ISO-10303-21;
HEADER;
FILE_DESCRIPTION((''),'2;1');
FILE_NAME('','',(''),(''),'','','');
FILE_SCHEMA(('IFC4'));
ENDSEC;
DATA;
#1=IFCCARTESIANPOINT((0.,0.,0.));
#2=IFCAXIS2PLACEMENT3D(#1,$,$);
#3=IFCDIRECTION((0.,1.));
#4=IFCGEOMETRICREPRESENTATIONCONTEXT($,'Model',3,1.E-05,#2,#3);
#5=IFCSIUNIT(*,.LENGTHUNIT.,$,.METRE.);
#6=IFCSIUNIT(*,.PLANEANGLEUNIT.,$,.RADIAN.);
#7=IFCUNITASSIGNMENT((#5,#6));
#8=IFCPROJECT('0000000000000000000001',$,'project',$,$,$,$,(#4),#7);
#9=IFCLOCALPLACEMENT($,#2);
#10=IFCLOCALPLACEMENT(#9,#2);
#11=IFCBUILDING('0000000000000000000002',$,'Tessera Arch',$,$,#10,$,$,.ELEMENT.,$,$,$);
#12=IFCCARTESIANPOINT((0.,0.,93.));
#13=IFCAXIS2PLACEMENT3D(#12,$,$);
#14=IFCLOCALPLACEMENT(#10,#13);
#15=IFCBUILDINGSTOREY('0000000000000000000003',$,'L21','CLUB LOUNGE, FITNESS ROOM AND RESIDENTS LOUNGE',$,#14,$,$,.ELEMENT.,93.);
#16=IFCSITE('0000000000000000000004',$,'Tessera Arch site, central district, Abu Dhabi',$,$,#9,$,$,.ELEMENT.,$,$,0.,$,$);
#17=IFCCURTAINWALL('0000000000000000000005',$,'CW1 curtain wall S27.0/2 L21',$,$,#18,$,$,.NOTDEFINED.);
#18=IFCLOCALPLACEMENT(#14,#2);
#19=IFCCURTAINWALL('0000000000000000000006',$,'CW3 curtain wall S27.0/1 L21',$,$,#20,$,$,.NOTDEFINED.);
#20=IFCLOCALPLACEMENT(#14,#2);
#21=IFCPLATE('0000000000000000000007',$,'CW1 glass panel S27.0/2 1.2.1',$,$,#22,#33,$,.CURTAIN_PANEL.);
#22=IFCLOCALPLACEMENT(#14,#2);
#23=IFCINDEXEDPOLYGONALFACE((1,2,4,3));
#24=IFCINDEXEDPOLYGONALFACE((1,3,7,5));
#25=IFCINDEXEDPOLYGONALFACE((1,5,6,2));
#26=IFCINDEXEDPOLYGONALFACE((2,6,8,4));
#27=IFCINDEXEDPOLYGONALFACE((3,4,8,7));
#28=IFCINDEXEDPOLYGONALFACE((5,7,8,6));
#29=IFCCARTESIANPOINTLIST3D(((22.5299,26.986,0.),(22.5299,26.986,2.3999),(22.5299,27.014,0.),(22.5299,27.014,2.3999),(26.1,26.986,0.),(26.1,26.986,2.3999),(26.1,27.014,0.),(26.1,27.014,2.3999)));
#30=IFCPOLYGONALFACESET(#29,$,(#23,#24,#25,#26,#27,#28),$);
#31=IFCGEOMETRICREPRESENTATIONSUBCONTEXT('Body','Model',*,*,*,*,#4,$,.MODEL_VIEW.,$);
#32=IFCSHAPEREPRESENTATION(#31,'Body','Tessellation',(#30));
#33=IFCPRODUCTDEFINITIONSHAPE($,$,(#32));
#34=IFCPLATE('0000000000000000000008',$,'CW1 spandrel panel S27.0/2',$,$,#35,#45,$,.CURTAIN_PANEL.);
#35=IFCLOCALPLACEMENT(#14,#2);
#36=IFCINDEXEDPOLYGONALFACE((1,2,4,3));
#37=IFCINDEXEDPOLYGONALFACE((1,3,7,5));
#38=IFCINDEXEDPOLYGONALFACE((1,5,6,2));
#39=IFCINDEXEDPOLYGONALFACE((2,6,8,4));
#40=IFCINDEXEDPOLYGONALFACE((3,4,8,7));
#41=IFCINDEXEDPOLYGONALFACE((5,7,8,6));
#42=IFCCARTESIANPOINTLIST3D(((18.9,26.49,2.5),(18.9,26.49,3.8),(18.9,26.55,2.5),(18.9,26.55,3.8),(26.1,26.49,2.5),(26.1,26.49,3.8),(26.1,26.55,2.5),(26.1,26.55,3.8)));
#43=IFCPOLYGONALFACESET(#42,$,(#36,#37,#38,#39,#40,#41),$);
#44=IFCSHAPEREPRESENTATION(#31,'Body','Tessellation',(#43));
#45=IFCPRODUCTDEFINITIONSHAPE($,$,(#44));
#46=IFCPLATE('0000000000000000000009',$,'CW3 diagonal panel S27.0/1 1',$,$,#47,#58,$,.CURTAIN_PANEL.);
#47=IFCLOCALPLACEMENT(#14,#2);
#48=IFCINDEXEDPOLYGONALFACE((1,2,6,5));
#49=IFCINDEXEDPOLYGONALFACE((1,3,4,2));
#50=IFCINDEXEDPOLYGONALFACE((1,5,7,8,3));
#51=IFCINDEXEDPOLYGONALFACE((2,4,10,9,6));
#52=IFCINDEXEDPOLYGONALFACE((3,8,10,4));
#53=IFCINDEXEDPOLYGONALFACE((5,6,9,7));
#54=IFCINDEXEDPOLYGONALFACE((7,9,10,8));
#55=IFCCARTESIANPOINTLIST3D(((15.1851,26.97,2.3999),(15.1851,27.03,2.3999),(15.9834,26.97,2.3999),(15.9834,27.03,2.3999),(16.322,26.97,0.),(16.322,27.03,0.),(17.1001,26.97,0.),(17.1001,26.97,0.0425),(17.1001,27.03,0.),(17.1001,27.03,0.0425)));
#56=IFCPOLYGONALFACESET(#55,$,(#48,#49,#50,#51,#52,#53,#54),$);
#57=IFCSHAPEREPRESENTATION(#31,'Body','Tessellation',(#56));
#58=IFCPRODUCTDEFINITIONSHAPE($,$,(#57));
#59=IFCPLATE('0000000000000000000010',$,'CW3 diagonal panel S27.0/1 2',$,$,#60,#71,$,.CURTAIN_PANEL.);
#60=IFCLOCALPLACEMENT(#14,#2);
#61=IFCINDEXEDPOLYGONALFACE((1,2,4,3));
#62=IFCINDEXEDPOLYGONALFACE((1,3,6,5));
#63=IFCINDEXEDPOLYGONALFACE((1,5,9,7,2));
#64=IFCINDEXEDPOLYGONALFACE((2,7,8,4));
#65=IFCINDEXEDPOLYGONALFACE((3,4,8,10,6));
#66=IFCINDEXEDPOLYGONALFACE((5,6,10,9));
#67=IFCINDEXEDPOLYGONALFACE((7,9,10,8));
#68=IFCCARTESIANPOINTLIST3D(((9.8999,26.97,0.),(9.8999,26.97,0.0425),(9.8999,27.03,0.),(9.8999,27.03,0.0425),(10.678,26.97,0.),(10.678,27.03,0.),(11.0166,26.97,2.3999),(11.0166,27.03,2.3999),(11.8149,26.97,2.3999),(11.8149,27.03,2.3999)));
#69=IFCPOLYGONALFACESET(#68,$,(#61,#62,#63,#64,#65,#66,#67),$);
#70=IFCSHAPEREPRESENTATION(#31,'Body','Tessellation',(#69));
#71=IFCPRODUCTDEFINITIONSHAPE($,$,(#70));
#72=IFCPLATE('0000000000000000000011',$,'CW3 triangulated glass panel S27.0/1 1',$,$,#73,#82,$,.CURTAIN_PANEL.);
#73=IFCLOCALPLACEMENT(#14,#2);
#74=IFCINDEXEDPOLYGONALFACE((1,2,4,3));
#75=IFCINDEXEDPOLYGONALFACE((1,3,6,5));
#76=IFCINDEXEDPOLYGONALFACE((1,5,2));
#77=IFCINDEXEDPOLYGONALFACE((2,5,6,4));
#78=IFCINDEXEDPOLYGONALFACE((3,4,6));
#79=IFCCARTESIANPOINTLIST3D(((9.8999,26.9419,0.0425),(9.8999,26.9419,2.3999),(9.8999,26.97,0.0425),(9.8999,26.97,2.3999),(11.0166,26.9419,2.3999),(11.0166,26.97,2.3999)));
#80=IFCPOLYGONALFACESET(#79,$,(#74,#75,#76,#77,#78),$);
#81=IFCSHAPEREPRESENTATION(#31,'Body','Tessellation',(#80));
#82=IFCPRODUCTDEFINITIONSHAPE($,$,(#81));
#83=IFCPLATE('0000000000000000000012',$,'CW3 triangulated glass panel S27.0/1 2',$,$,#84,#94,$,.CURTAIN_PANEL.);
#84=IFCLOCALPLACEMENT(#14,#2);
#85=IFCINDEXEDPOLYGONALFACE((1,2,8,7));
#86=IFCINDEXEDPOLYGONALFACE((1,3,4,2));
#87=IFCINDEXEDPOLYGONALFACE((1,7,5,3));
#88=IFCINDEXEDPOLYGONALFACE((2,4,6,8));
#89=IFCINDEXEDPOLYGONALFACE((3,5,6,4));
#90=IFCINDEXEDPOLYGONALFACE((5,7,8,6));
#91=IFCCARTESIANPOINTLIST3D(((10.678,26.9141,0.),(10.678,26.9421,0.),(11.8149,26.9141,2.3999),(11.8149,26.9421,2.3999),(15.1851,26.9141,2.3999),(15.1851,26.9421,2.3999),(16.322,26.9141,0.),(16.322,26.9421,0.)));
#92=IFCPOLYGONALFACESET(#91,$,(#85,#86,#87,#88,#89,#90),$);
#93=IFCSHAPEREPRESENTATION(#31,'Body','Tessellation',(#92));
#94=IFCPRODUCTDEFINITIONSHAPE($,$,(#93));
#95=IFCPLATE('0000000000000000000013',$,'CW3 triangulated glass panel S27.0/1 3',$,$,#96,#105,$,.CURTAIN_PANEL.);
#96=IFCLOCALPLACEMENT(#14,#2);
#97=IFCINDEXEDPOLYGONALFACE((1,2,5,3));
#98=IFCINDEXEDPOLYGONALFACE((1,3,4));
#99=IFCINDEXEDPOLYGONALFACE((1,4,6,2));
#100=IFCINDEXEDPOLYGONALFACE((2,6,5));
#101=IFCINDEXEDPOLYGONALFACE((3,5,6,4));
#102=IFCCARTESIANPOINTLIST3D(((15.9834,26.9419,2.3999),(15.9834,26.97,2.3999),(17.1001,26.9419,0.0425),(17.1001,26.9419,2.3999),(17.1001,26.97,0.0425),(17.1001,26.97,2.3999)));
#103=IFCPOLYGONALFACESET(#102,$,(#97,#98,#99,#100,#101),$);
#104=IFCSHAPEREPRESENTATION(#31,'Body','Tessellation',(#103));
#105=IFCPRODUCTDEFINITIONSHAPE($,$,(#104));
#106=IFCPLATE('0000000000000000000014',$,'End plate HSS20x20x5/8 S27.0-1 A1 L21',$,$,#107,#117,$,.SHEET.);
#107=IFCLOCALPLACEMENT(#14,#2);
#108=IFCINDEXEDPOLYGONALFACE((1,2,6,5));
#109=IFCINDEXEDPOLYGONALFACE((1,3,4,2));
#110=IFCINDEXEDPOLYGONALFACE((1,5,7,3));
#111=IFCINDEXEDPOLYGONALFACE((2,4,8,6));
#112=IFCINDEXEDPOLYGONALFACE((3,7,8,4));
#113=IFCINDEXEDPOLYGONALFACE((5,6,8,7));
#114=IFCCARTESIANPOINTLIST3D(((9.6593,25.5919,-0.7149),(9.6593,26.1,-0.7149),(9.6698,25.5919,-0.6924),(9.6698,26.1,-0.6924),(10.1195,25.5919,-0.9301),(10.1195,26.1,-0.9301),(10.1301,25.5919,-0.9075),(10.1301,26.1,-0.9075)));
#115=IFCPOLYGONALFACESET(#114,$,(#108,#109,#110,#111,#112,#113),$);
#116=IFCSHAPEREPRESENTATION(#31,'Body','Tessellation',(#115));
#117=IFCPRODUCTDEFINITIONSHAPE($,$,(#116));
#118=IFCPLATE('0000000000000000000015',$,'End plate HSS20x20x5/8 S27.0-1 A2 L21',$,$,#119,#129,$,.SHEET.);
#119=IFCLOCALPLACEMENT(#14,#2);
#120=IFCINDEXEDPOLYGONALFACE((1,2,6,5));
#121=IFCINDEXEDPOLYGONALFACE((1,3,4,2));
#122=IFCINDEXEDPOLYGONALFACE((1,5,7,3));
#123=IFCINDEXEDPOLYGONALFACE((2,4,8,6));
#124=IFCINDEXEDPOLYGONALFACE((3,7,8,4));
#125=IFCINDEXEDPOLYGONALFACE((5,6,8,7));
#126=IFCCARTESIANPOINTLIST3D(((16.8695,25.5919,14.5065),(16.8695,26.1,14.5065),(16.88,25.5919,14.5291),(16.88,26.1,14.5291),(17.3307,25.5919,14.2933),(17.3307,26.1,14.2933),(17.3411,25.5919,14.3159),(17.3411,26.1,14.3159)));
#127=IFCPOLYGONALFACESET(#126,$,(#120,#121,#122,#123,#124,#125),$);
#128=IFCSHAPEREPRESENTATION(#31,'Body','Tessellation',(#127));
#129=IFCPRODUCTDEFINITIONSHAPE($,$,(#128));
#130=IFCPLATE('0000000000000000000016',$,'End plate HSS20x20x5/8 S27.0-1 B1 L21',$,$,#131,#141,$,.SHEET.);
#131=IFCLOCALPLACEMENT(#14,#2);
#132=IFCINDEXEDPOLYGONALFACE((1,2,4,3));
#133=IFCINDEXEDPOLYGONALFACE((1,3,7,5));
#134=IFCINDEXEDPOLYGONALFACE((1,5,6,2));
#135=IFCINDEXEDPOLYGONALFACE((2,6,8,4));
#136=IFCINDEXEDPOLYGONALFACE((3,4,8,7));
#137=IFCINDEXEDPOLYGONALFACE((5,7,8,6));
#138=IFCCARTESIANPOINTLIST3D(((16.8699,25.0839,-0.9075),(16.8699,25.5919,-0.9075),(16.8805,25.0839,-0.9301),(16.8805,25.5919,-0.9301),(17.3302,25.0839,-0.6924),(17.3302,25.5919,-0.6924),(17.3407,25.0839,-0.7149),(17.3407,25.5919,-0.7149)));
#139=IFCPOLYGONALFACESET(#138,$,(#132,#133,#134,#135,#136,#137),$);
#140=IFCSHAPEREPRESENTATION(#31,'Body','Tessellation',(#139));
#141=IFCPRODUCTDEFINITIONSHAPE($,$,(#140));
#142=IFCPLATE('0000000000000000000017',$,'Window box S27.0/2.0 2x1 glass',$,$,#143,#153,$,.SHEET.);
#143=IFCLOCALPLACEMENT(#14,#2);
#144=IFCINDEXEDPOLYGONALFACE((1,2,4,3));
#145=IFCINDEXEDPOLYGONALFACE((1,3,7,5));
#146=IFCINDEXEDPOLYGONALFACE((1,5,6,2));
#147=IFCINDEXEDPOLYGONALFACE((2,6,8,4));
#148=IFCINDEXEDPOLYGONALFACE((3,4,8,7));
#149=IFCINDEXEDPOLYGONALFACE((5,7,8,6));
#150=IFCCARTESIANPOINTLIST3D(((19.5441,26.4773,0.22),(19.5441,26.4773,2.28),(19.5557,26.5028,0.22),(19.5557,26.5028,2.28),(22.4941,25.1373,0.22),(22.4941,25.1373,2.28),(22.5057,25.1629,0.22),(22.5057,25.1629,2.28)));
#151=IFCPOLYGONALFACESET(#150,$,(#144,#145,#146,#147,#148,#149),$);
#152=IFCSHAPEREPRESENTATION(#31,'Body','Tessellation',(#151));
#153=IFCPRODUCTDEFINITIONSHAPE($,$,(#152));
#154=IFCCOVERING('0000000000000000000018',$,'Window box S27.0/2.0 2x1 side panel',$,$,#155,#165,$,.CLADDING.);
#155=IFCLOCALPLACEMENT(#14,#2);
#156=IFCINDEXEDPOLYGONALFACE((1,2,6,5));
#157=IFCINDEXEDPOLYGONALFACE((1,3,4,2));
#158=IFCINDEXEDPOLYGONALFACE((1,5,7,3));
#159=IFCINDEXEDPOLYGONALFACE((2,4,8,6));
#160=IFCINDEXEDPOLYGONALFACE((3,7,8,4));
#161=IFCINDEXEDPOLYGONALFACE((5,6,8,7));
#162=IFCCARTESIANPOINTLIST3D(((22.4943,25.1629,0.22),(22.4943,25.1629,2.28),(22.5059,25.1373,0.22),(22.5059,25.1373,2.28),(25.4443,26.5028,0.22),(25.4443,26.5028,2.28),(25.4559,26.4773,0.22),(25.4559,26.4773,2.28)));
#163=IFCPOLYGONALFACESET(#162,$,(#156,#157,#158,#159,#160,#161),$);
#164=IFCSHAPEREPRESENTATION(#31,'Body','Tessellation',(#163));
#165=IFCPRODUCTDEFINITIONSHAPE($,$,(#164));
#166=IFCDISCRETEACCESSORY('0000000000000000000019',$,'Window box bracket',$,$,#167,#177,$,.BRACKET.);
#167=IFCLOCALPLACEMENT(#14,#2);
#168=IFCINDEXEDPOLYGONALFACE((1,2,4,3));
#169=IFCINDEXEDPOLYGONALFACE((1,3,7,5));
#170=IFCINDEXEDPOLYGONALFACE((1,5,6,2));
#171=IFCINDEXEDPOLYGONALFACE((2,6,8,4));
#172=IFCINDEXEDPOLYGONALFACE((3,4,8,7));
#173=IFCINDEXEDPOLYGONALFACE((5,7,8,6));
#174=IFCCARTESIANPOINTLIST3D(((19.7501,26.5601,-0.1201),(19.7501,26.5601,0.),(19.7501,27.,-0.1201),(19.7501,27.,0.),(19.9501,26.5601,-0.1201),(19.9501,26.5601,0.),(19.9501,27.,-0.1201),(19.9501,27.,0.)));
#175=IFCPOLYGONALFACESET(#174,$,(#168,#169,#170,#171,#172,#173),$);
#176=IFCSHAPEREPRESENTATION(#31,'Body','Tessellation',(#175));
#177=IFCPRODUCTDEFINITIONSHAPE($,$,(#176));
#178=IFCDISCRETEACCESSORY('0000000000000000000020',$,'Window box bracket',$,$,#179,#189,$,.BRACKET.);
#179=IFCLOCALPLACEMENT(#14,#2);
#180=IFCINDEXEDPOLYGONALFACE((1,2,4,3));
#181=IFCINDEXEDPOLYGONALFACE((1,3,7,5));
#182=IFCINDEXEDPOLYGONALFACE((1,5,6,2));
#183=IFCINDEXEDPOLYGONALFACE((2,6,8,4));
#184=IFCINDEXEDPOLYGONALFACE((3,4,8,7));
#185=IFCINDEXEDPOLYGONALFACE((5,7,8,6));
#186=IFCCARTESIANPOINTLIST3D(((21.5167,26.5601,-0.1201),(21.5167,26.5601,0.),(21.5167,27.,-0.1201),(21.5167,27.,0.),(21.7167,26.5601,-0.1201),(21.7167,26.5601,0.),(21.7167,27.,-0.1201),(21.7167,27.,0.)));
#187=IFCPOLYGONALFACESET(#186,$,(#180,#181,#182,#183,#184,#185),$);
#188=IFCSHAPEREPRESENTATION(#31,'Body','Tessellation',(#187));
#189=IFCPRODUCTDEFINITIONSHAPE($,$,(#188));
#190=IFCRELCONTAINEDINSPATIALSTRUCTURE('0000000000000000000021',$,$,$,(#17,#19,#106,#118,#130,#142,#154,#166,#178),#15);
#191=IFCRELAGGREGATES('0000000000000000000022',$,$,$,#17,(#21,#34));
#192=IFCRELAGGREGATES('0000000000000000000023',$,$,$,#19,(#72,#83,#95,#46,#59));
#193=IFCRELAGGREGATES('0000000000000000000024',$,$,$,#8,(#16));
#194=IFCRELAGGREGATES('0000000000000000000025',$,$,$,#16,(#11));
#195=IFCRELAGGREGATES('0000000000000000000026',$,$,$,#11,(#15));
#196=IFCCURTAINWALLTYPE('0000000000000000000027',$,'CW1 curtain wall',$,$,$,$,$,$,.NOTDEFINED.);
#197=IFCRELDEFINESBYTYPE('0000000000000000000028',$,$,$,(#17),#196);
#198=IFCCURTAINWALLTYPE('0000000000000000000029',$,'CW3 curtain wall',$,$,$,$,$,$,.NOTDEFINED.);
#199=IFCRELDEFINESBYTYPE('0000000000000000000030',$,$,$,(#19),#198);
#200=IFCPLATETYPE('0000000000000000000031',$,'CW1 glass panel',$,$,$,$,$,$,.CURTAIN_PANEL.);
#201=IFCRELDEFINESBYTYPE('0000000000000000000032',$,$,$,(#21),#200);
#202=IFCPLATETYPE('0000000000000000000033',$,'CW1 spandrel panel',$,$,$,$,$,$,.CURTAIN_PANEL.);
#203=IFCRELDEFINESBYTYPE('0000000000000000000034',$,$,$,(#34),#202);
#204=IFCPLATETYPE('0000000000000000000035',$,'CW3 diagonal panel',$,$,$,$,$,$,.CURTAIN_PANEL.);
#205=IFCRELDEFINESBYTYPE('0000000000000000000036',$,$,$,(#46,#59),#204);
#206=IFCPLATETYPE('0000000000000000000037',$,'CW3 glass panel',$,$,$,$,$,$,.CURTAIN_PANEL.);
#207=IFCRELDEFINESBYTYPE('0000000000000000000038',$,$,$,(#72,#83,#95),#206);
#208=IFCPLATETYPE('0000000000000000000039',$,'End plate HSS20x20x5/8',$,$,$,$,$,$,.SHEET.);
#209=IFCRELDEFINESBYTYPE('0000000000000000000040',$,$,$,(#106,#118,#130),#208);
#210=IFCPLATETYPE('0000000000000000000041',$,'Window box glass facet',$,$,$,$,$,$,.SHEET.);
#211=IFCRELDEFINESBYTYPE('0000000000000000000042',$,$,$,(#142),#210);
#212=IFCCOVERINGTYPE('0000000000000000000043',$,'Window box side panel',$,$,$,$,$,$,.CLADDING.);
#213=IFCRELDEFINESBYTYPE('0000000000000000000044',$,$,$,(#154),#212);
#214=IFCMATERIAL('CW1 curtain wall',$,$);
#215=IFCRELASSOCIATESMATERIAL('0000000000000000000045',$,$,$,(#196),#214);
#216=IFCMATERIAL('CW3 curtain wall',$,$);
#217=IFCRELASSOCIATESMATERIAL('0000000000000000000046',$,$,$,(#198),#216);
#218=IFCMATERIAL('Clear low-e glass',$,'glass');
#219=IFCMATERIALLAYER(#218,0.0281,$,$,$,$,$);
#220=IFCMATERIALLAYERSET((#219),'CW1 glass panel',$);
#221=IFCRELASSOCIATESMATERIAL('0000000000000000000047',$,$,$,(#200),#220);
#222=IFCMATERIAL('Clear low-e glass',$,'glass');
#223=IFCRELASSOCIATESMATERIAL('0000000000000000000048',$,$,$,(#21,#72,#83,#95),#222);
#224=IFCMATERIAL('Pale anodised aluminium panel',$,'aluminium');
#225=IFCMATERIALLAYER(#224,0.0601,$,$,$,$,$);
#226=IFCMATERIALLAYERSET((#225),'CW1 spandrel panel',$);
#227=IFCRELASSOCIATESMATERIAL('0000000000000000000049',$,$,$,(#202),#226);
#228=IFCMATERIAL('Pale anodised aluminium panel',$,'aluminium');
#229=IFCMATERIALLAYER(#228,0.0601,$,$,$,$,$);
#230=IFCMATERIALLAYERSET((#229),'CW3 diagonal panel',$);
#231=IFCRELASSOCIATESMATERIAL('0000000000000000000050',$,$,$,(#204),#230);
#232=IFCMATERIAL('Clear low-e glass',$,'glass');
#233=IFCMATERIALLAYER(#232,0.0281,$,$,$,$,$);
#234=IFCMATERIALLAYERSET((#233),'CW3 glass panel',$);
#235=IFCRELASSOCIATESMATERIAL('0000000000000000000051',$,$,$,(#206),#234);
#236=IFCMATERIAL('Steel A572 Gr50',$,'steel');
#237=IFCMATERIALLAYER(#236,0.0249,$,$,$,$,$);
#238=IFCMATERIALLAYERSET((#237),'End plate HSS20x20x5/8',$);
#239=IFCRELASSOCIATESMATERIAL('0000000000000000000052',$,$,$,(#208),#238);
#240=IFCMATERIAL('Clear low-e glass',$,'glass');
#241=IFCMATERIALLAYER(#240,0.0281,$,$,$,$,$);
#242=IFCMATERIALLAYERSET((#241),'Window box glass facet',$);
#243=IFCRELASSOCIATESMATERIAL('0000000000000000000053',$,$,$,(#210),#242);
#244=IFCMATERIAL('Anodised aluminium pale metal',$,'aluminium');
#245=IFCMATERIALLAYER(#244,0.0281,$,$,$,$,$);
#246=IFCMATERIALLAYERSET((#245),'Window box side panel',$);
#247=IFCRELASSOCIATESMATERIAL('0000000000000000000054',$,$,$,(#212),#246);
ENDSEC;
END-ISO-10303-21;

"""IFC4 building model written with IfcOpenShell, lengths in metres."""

from ifc_helpers import new_model, si_unit, direction, frame, origin, origin_2d, place, context, subcontext, project, spatial, polyline, rectangle, outline, extrude, material, layer, layer_set, type_object, element, aggregate, save


model = new_model("IFC4")

# Units and contexts
model_context = context("Model", 3, precision=1e-05, world=origin(), true_north=direction((0.0, 1.0)))
body_context = subcontext(model_context, "Body", "Model", "MODEL_VIEW")
ifc_project = project(units=[si_unit("LENGTHUNIT", "METRE"), si_unit("PLANEANGLEUNIT", "RADIAN")], contexts=[model_context])

# Site, building, storey
site_placement = place(None, origin())
site = spatial("IfcSite", under=ifc_project, at=site_placement, Name="Tessera Arch site, central district, Abu Dhabi", CompositionType="ELEMENT", RefElevation=0.0)
building_placement = place(site_placement, origin())
building = spatial("IfcBuilding", under=site, at=building_placement, Name="Tessera Arch", CompositionType="ELEMENT")
storey_placement = place(building_placement, frame((0.0, 0.0, 93.0)))
storey = spatial("IfcBuildingStorey", under=building, at=storey_placement, Name="L21", Description="CLUB LOUNGE, FITNESS ROOM AND RESIDENTS LOUNGE", CompositionType="ELEMENT", Elevation=93.0)

# Curtain wall
ifc_material_1 = material(Name="CW1 curtain wall")
curtain_wall_type_1 = type_object("IfcCurtainWallType", Name="CW1 curtain wall", PredefinedType="NOTDEFINED", material=ifc_material_1)
curtain_wall_1_placement = place(storey_placement, origin())
curtain_wall_1 = element("IfcCurtainWall", 1, at=curtain_wall_1_placement, inside=storey, type_object=curtain_wall_type_1, Name="CW1 curtain wall S27.0/2 L21", PredefinedType="NOTDEFINED")

# Curtain wall
ifc_material_2 = material(Name="CW3 curtain wall")
curtain_wall_type_2 = type_object("IfcCurtainWallType", Name="CW3 curtain wall", PredefinedType="NOTDEFINED", material=ifc_material_2)
curtain_wall_2_placement = place(storey_placement, origin())
curtain_wall_2 = element("IfcCurtainWall", 2, at=curtain_wall_2_placement, inside=storey, type_object=curtain_wall_type_2, Name="CW3 curtain wall S27.0/1 L21", PredefinedType="NOTDEFINED")

# Plates
ifc_material_3 = material(Name="Clear low-e glass", Category="glass")
ifc_material_4 = material(Name="Clear low-e glass", Category="glass")
ifc_layer_1 = layer(ifc_material_4, 0.0281)
ifc_layer_set_1 = layer_set([ifc_layer_1], Name="CW1 glass panel")
plate_type_1 = type_object("IfcPlateType", Name="CW1 glass panel", PredefinedType="CURTAIN_PANEL", material=ifc_layer_set_1)
plate_1_placement = place(storey_placement, frame((24.3149, 27.0, 0.0), z_axis=(0.0, 0.0, 1.0), x_axis=(1.0, 0.0, 0.0)))
plate_1 = element("IfcPlate", 3, at=plate_1_placement, type_object=plate_type_1, material=ifc_material_3, Name="CW1 glass panel S27.0/2 1.2.1", PredefinedType="CURTAIN_PANEL", context=body_context, shape_type="SweptSolid", body=[
    extrude(rectangle(XDim=3.5701, YDim=0.0281, at=origin_2d()), origin(), (0.0, 0.0, 1.0), 2.3999),
])
ifc_material_5 = material(Name="Pale anodised aluminium panel", Category="aluminium")
ifc_layer_2 = layer(ifc_material_5, 0.0601)
ifc_layer_set_2 = layer_set([ifc_layer_2], Name="CW1 spandrel panel")
plate_type_2 = type_object("IfcPlateType", Name="CW1 spandrel panel", PredefinedType="CURTAIN_PANEL", material=ifc_layer_set_2)
plate_2_placement = place(storey_placement, frame((22.5, 26.52, 2.5), z_axis=(0.0, 0.0, 1.0), x_axis=(1.0, 0.0, 0.0)))
plate_2 = element("IfcPlate", 4, at=plate_2_placement, type_object=plate_type_2, Name="CW1 spandrel panel S27.0/2", PredefinedType="CURTAIN_PANEL", context=body_context, shape_type="SweptSolid", body=[
    extrude(rectangle(XDim=7.2, YDim=0.0601, at=origin_2d()), origin(), (0.0, 0.0, 1.0), 1.3),
])
aggregate(curtain_wall_1, [plate_1, plate_2])
ifc_material_6 = material(Name="Pale anodised aluminium panel", Category="aluminium")
ifc_layer_3 = layer(ifc_material_6, 0.0601)
ifc_layer_set_3 = layer_set([ifc_layer_3], Name="CW3 diagonal panel")
plate_type_3 = type_object("IfcPlateType", Name="CW3 diagonal panel", PredefinedType="CURTAIN_PANEL", material=ifc_layer_set_3)
plate_3_placement = place(storey_placement, frame((17.1001, 26.97, 0.0), z_axis=(0.0, -1.0, 0.0), x_axis=(0.0, 0.0, 1.0)))
plate_3 = element("IfcPlate", 5, at=plate_3_placement, type_object=plate_type_3, Name="CW3 diagonal panel S27.0/1 1", PredefinedType="CURTAIN_PANEL", context=body_context, shape_type="SweptSolid", body=[
    extrude(outline(polyline([(0.0, 0.0), (0.0425, 0.0), (2.3999, 1.1167), (2.3999, 1.915), (0.0, 0.7781), (0.0, 0.0)])), origin(), (0.0, 0.0, -1.0), 0.0601),
])
plate_4_placement = place(storey_placement, frame((11.8149, 26.97, 2.3999), z_axis=(0.0, -1.0, 0.0), x_axis=(-1.0, 0.0, 0.0)))
plate_4 = element("IfcPlate", 6, at=plate_4_placement, type_object=plate_type_3, Name="CW3 diagonal panel S27.0/1 2", PredefinedType="CURTAIN_PANEL", context=body_context, shape_type="SweptSolid", body=[
    extrude(outline(polyline([(0.0, 0.0), (0.7983, 0.0), (1.915, 2.3574), (1.915, 2.3999), (1.137, 2.3999), (0.0, 0.0)])), origin(), (0.0, 0.0, -1.0), 0.0601),
])
ifc_material_7 = material(Name="Clear low-e glass", Category="glass")
ifc_layer_4 = layer(ifc_material_7, 0.0281)
ifc_layer_set_4 = layer_set([ifc_layer_4], Name="CW3 glass panel")
plate_type_4 = type_object("IfcPlateType", Name="CW3 glass panel", PredefinedType="CURTAIN_PANEL", material=ifc_layer_set_4)
plate_5_placement = place(storey_placement, frame((9.8999, 26.9419, 2.3999), z_axis=(0.0, -1.0, 0.0), x_axis=(0.0, 0.0, -1.0)))
plate_5 = element("IfcPlate", 7, at=plate_5_placement, type_object=plate_type_4, material=ifc_material_3, Name="CW3 triangulated glass panel S27.0/1 1", PredefinedType="CURTAIN_PANEL", context=body_context, shape_type="SweptSolid", body=[
    extrude(outline(polyline([(0.0, 0.0), (2.3574, 0.0), (0.0, 1.1167), (0.0, 0.0)])), origin(), (0.0, 0.0, -1.0), 0.0281),
])
plate_6_placement = place(storey_placement, frame((15.1851, 26.9141, 2.3999), z_axis=(0.0, -1.0, 0.0), x_axis=(-1.0, 0.0, 0.0)))
plate_6 = element("IfcPlate", 8, at=plate_6_placement, type_object=plate_type_4, material=ifc_material_3, Name="CW3 triangulated glass panel S27.0/1 2", PredefinedType="CURTAIN_PANEL", context=body_context, shape_type="SweptSolid", body=[
    extrude(outline(polyline([(0.0, 0.0), (3.3701, 0.0), (4.5071, 2.3999), (-1.137, 2.3999), (0.0, 0.0)])), origin(), (0.0, 0.0, -1.0), 0.0281),
])
plate_7_placement = place(storey_placement, frame((17.1001, 26.9419, 2.3999), z_axis=(0.0, -1.0, 0.0), x_axis=(-1.0, 0.0, 0.0)))
plate_7 = element("IfcPlate", 9, at=plate_7_placement, type_object=plate_type_4, material=ifc_material_3, Name="CW3 triangulated glass panel S27.0/1 3", PredefinedType="CURTAIN_PANEL", context=body_context, shape_type="SweptSolid", body=[
    extrude(outline(polyline([(0.0, 0.0), (1.1167, 0.0), (0.0, 2.3574), (0.0, 0.0)])), origin(), (0.0, 0.0, -1.0), 0.0281),
])
aggregate(curtain_wall_2, [plate_5, plate_6, plate_7, plate_3, plate_4])

# Plates
ifc_material_8 = material(Name="Steel A572 Gr50", Category="steel")
ifc_layer_5 = layer(ifc_material_8, 0.0249)
ifc_layer_set_5 = layer_set([ifc_layer_5], Name="End plate HSS20x20x5/8")
plate_type_5 = type_object("IfcPlateType", Name="End plate HSS20x20x5/8", PredefinedType="SHEET", material=ifc_layer_set_5)
for number, where, z_axis, x_axis, name in (
    (10, (9.8894, 25.8459, -0.8225), (0.423424, 0.0, 0.905931), (0.0, 1.0, 0.0), "End plate HSS20x20x5/8 S27.0-1 A1 L21"),
    (11, (17.1001, 25.8459, 14.3999), (0.419677, 0.0, 0.907674), (0.0, 1.0, 0.0), "End plate HSS20x20x5/8 S27.0-1 A2 L21"),
    (12, (17.1106, 25.3379, -0.8225), (-0.423424, 0.0, 0.905931), (0.0, -1.0, 0.0), "End plate HSS20x20x5/8 S27.0-1 B1 L21"),
):
    element("IfcPlate", number, at=place(storey_placement, frame(where, z_axis=z_axis, x_axis=x_axis)), inside=storey, type_object=plate_type_5, Name=name, PredefinedType="SHEET", context=body_context, shape_type="SweptSolid", body=[
        extrude(rectangle(XDim=0.5081, YDim=0.5081, at=origin_2d()), origin(), (0.0, 0.0, 1.0), 0.0249),
    ])
ifc_material_9 = material(Name="Clear low-e glass", Category="glass")
ifc_layer_6 = layer(ifc_material_9, 0.0281)
ifc_layer_set_6 = layer_set([ifc_layer_6], Name="Window box glass facet")
plate_type_6 = type_object("IfcPlateType", Name="Window box glass facet", PredefinedType="SHEET", material=ifc_layer_set_6)
plate_8_placement = place(storey_placement, frame((21.0249, 25.8201, 0.22), z_axis=(0.0, 0.0, 1.0), x_axis=(0.910472, -0.41357, 0.0)))
element("IfcPlate", 13, at=plate_8_placement, inside=storey, type_object=plate_type_6, Name="Window box S27.0/2.0 2x1 glass", PredefinedType="SHEET", context=body_context, shape_type="SweptSolid", body=[
    extrude(rectangle(XDim=3.24, YDim=0.0281, at=origin_2d()), origin(), (0.0, 0.0, 1.0), 2.0601),
])

# Covering
ifc_material_10 = material(Name="Anodised aluminium pale metal", Category="aluminium")
ifc_layer_7 = layer(ifc_material_10, 0.0281)
ifc_layer_set_7 = layer_set([ifc_layer_7], Name="Window box side panel")
covering_type = type_object("IfcCoveringType", Name="Window box side panel", PredefinedType="CLADDING", material=ifc_layer_set_7)
covering_placement = place(storey_placement, frame((23.9751, 25.8201, 0.22), z_axis=(0.0, 0.0, 1.0), x_axis=(-0.910472, -0.41357, 0.0)))
element("IfcCovering", 14, at=covering_placement, inside=storey, type_object=covering_type, Name="Window box S27.0/2.0 2x1 side panel", PredefinedType="CLADDING", context=body_context, shape_type="SweptSolid", body=[
    extrude(rectangle(XDim=3.24, YDim=0.0281, at=origin_2d()), origin(), (0.0, 0.0, 1.0), 2.0601),
])

# Discrete accessories
for number, where, z_axis, x_axis, name in (
    (15, (19.8501, 26.78, -0.1201), (0.0, 0.0, 1.0), (0.0, -1.0, 0.0), "Window box bracket"),
    (16, (21.6167, 26.78, -0.1201), (0.0, 0.0, 1.0), (0.0, -1.0, 0.0), "Window box bracket"),
):
    element("IfcDiscreteAccessory", number, at=place(storey_placement, frame(where, z_axis=z_axis, x_axis=x_axis)), inside=storey, Name=name, PredefinedType="BRACKET", context=body_context, shape_type="SweptSolid", body=[
        extrude(rectangle(XDim=0.4399, YDim=0.2, at=origin_2d()), origin(), (0.0, 0.0, 1.0), 0.1201),
    ])

save(model, "model.ifc")
